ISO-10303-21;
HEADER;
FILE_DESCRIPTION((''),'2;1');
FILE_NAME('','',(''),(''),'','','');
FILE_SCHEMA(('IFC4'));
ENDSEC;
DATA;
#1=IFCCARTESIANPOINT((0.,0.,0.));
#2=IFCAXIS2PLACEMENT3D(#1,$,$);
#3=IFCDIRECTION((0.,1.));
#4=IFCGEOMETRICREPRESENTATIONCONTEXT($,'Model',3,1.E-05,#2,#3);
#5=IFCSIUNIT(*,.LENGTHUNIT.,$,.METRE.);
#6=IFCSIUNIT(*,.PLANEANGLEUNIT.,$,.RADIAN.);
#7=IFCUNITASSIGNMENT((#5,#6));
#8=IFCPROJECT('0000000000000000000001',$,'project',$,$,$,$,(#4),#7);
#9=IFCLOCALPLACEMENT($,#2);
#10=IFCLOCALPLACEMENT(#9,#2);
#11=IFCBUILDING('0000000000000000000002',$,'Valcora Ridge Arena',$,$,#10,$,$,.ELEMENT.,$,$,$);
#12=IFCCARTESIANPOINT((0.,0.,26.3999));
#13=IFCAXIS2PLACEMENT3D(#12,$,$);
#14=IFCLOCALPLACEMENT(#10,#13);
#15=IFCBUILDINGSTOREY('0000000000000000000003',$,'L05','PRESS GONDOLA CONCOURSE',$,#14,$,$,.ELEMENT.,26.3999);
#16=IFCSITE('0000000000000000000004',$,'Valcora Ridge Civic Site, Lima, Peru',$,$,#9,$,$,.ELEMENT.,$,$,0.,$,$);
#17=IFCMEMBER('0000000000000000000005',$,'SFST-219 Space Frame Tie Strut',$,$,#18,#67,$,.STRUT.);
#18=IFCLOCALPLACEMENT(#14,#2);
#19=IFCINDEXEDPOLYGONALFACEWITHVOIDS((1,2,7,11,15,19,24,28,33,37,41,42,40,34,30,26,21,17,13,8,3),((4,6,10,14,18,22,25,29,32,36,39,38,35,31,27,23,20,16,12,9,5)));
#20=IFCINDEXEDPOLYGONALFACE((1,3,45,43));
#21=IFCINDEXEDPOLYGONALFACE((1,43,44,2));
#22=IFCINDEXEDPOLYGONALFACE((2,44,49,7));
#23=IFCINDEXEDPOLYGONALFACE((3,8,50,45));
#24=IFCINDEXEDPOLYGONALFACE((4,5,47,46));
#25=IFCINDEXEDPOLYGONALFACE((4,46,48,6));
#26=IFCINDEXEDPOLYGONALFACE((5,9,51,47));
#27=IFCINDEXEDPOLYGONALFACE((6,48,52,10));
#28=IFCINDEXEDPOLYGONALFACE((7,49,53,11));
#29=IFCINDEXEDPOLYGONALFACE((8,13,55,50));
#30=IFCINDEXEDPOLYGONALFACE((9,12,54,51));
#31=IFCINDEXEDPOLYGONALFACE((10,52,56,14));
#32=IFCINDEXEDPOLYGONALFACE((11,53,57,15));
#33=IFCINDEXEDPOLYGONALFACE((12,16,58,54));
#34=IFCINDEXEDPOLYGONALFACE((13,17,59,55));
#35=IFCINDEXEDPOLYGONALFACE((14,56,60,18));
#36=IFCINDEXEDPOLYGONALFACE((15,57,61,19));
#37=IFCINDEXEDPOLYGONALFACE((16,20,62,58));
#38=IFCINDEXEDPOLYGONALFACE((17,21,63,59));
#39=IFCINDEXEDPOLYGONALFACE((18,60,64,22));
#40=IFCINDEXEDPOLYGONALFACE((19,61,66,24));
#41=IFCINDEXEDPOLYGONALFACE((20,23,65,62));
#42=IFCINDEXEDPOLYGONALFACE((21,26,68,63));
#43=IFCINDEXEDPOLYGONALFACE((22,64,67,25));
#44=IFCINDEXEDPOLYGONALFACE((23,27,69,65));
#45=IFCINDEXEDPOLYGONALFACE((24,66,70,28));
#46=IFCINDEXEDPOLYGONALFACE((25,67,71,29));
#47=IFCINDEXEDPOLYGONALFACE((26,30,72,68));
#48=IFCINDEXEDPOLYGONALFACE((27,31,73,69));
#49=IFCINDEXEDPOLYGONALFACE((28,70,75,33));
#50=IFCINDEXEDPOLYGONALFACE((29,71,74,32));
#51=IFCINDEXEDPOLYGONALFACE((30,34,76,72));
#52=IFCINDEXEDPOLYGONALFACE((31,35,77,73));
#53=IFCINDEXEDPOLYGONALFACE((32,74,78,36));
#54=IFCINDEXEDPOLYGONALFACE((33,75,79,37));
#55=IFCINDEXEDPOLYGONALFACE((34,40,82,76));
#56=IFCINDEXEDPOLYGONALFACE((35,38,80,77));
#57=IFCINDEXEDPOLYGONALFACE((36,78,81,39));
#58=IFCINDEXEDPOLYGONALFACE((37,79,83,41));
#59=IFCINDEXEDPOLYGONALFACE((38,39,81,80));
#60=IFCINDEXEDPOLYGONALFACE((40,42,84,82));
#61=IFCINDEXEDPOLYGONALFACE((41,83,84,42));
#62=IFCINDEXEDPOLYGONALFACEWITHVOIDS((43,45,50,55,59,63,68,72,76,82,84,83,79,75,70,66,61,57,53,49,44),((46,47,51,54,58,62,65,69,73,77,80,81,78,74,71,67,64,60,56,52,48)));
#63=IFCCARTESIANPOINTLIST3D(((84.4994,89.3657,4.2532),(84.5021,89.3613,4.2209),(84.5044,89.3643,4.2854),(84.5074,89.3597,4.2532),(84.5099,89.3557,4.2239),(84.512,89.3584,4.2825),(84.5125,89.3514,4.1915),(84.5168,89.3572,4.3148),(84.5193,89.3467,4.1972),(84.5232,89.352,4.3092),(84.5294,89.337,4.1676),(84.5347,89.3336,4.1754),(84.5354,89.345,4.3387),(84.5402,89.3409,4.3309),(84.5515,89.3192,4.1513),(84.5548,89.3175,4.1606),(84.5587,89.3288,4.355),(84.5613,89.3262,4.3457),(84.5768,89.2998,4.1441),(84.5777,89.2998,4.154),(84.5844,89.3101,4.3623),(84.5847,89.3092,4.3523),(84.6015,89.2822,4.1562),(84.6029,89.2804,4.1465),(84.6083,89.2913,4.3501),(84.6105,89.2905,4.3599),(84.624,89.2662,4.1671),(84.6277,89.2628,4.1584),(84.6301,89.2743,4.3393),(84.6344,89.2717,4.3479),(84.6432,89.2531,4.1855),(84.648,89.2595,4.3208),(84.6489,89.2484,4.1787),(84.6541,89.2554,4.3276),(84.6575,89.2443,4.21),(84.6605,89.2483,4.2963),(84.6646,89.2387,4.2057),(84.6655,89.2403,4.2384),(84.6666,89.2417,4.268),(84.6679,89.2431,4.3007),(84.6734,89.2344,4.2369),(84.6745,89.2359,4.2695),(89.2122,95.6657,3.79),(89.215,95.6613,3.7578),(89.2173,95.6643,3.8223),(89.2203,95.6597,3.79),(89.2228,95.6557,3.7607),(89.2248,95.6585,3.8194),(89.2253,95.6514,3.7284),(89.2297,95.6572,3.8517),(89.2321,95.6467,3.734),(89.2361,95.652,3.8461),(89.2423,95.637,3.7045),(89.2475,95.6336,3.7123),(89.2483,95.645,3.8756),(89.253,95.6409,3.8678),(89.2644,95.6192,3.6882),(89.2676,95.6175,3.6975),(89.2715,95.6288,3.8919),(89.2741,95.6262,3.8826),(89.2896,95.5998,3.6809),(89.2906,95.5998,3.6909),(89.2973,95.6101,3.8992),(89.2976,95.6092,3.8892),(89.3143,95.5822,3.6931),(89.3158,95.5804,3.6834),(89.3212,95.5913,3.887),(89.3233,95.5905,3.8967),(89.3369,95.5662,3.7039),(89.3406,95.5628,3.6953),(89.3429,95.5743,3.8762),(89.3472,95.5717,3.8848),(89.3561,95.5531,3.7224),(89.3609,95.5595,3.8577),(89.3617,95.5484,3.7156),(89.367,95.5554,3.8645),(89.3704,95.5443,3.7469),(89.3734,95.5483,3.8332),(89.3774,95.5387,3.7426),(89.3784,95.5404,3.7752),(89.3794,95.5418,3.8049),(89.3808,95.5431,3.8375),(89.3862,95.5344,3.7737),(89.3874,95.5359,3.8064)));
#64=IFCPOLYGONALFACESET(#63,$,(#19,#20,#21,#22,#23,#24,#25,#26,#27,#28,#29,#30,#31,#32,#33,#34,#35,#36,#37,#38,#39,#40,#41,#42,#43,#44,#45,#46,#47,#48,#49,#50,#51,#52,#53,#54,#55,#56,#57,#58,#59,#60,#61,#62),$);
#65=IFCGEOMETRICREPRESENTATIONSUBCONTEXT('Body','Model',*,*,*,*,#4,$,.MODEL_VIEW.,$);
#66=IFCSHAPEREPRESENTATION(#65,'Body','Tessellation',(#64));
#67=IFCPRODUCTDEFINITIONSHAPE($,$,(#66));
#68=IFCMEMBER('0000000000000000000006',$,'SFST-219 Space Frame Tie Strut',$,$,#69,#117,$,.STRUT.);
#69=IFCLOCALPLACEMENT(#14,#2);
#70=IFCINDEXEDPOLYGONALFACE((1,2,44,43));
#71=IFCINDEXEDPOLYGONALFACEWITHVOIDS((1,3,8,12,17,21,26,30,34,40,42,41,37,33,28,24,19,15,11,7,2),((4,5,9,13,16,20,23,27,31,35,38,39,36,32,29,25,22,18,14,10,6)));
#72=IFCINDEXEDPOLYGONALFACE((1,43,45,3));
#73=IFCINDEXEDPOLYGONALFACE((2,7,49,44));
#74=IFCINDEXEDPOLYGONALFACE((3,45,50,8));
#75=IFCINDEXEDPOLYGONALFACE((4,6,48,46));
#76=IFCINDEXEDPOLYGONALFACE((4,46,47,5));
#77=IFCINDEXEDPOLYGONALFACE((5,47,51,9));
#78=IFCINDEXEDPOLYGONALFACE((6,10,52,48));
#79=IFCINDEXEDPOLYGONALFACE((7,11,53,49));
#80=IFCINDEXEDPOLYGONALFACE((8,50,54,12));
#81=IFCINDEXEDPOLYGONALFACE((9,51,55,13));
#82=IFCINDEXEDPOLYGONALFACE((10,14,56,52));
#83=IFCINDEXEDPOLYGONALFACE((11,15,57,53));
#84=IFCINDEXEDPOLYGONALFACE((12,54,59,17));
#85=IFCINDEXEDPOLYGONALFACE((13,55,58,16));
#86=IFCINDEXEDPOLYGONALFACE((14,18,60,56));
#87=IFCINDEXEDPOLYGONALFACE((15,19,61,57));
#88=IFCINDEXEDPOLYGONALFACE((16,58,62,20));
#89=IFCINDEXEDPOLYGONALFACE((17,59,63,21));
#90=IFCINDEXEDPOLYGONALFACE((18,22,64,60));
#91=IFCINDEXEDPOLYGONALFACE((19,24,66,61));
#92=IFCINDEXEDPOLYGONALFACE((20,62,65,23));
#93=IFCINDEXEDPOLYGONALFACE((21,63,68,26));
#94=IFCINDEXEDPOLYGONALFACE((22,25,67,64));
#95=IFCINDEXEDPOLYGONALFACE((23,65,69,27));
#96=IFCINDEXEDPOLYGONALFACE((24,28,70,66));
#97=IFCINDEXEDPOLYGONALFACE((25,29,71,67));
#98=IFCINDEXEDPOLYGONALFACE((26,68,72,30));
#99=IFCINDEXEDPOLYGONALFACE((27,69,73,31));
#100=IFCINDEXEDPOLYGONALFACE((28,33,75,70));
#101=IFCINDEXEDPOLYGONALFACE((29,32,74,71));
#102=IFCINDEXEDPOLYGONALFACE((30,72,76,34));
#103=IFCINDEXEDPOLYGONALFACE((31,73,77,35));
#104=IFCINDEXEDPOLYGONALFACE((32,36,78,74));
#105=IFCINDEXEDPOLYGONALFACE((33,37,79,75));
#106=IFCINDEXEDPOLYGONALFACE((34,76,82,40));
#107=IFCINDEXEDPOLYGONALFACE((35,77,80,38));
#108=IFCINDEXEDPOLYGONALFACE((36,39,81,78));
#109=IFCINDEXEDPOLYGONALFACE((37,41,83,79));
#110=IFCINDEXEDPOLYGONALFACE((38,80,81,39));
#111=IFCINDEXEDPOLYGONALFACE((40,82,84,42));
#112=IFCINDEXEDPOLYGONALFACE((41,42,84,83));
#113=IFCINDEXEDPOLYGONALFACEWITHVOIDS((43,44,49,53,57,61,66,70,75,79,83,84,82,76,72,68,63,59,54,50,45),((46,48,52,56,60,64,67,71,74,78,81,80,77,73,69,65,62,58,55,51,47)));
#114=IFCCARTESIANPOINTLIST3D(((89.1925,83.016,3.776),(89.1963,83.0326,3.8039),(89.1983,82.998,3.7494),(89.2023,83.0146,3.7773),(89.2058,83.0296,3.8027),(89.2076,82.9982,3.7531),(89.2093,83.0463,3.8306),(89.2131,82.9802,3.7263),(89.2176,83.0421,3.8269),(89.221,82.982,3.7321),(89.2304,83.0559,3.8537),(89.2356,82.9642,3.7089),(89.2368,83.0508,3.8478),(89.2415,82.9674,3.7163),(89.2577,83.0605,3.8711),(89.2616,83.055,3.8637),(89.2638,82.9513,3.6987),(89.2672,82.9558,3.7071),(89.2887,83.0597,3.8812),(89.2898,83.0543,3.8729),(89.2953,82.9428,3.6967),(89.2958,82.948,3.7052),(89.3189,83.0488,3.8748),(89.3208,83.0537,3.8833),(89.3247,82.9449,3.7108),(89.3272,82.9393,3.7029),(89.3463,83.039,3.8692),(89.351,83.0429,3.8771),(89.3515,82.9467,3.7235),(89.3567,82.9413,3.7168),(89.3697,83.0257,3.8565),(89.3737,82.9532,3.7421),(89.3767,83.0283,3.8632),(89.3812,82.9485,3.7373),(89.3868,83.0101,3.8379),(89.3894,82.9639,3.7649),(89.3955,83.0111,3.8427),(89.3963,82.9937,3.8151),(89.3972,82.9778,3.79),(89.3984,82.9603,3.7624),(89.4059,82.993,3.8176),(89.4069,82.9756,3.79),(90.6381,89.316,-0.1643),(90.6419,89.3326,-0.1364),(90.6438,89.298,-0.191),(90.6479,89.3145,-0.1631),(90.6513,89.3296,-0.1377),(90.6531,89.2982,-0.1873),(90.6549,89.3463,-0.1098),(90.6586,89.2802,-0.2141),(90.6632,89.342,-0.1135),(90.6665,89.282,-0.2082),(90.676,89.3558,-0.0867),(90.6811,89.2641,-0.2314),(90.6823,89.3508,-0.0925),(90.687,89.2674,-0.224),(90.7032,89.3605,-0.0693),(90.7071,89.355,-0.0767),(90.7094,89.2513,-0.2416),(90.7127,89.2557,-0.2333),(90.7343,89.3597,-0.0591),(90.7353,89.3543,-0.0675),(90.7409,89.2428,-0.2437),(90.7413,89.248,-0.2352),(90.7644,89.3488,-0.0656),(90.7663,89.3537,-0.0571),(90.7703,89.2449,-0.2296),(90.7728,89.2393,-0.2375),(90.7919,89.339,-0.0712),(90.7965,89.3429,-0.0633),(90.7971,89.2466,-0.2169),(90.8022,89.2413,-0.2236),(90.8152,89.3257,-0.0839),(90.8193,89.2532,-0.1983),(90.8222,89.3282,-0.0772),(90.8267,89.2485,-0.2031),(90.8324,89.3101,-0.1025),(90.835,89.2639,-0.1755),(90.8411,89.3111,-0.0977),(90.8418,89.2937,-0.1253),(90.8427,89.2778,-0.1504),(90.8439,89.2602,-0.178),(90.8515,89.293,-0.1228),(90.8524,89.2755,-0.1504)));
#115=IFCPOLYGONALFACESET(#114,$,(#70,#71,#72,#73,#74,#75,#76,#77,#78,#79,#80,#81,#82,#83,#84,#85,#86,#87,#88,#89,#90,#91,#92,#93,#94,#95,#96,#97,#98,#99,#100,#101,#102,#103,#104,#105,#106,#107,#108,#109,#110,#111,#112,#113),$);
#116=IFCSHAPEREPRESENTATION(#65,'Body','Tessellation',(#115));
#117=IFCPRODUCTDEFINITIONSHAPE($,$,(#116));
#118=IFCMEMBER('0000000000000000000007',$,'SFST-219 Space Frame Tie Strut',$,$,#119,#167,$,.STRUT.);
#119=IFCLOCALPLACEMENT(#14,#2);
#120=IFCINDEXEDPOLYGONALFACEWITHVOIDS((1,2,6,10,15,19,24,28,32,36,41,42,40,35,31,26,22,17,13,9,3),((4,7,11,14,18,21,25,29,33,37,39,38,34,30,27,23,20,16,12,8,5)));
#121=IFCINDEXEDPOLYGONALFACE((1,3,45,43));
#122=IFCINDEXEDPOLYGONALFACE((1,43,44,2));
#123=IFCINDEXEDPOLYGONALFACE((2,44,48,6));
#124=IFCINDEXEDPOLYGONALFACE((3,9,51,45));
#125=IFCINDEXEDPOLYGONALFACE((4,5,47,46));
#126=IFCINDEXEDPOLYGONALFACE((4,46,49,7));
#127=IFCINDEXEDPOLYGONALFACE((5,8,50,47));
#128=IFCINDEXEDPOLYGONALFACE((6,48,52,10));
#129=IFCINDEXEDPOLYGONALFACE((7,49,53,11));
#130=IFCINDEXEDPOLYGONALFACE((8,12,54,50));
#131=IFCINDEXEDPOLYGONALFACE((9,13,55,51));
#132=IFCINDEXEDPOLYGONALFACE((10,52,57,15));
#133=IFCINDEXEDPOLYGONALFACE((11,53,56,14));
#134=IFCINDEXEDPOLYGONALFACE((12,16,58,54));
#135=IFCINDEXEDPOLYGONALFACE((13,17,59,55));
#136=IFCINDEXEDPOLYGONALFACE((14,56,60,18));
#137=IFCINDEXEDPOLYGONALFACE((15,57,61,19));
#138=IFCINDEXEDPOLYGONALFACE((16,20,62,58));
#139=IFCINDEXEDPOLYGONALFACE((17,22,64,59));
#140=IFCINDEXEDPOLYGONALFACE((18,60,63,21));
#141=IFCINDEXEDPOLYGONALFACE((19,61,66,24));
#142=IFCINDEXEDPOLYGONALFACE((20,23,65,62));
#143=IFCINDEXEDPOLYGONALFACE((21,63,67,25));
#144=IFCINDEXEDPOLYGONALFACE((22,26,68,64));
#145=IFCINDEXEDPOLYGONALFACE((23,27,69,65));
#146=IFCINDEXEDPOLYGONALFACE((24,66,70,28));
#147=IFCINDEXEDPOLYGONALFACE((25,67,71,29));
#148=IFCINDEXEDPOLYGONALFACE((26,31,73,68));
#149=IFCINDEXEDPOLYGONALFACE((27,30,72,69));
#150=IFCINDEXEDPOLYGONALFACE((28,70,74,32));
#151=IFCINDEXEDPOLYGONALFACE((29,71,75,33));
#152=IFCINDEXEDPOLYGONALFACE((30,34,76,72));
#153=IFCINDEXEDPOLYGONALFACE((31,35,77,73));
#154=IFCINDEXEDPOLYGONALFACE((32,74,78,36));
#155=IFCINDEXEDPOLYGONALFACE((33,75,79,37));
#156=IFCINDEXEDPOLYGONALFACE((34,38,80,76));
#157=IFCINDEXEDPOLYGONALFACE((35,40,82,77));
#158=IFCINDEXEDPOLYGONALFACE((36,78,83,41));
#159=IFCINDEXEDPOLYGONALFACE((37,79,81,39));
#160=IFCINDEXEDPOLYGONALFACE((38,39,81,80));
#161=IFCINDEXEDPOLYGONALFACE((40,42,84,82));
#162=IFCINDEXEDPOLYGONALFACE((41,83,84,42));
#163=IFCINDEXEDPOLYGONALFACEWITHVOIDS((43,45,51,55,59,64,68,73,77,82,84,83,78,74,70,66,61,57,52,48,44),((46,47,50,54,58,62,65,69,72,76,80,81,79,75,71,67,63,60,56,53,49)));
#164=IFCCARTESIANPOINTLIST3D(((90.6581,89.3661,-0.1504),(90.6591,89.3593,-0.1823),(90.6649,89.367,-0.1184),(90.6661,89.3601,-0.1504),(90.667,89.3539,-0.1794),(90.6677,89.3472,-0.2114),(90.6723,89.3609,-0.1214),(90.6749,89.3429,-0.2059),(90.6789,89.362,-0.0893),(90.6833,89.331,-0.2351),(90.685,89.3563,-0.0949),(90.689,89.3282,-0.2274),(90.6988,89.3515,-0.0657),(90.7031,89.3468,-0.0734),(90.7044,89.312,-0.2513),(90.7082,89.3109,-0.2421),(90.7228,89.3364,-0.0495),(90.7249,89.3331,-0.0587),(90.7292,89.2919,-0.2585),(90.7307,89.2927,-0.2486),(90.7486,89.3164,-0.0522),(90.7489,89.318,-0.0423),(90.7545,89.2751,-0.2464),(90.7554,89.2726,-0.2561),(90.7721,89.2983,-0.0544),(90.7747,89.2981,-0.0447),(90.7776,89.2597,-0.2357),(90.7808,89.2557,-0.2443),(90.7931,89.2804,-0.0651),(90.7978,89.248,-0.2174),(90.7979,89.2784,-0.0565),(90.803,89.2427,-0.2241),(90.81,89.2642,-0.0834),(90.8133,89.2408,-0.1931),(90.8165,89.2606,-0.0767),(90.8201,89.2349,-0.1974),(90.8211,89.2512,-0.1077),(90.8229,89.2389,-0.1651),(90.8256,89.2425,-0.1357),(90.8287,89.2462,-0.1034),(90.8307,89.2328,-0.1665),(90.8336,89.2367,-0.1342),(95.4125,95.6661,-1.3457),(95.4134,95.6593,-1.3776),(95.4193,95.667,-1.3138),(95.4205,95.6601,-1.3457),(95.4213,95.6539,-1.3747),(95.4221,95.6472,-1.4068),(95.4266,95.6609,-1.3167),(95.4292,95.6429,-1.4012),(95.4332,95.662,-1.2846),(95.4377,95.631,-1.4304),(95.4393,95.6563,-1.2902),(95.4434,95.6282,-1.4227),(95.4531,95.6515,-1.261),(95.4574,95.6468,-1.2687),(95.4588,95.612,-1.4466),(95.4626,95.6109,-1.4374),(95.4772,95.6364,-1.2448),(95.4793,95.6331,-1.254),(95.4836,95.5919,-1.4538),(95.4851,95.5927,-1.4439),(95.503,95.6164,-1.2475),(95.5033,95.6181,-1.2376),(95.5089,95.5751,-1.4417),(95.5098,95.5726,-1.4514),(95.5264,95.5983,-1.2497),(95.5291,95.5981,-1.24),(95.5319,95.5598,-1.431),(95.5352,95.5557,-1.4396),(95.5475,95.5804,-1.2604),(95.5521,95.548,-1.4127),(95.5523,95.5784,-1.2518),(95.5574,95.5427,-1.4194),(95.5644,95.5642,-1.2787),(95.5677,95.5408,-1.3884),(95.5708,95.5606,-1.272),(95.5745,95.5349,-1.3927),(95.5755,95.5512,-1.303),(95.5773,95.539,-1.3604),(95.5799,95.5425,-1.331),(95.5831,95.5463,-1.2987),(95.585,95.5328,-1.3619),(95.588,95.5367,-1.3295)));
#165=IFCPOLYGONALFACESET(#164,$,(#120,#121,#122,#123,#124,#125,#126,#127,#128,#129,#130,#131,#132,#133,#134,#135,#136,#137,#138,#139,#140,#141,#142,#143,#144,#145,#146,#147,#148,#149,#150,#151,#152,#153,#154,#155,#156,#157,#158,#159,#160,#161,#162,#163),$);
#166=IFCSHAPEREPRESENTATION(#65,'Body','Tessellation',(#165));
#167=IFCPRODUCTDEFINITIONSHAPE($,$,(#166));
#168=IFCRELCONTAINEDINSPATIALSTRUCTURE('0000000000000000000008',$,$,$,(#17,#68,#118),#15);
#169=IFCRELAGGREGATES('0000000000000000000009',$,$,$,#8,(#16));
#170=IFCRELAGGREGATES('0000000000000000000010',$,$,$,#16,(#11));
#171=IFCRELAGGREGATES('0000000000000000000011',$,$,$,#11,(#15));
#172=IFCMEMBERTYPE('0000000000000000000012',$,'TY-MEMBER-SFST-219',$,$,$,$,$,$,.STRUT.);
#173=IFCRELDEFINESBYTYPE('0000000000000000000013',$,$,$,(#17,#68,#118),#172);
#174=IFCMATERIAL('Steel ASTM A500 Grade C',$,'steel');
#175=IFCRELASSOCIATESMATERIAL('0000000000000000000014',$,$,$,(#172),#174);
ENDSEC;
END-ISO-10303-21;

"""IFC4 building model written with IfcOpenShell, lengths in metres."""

from ifc_helpers import new_model, si_unit, direction, frame, origin, origin_2d, place, context, subcontext, project, spatial, hollow_circle, extrude, material, material_profile, profile_set, type_object, element, save


model = new_model("IFC4")

# Units and contexts
model_context = context("Model", 3, precision=1e-05, world=origin(), true_north=direction((0.0, 1.0)))
body_context = subcontext(model_context, "Body", "Model", "MODEL_VIEW")
ifc_project = project(units=[si_unit("LENGTHUNIT", "METRE"), si_unit("PLANEANGLEUNIT", "RADIAN")], contexts=[model_context])

# Site, building, storey
site_placement = place(None, origin())
site = spatial("IfcSite", under=ifc_project, at=site_placement, Name="Valcora Ridge Civic Site, Lima, Peru", CompositionType="ELEMENT", RefElevation=0.0)
building_placement = place(site_placement, origin())
building = spatial("IfcBuilding", under=site, at=building_placement, Name="Valcora Ridge Arena", CompositionType="ELEMENT")
storey_placement = place(building_placement, frame((0.0, 0.0, 26.3999)))
storey = spatial("IfcBuildingStorey", under=building, at=storey_placement, Name="L05", Description="PRESS GONDOLA CONCOURSE", CompositionType="ELEMENT", Elevation=26.3999)

# Members
ifc_material_1 = material(Name="Steel ASTM A500 Grade C", Category="steel")
ifc_material_profile_1 = material_profile(ifc_material_1, hollow_circle(Radius=0.1096, WallThickness=0.01, at=origin_2d()), Name="CHS219X10")
ifc_profile_set_1 = profile_set([ifc_material_profile_1], Name="Steel ASTM A500 Grade C")
member_type_1 = type_object("IfcMemberType", Name="TY-MEMBER-SFST-219", PredefinedType="STRUT", material=ifc_profile_set_1)
member_1_placement = place(storey_placement, frame((84.5872, 89.3, 4.2532), z_axis=(0.597976, 0.799357, -0.058763), x_axis=(-0.80074, 0.599012, 0.0)))
element("IfcMember", 1, at=member_1_placement, inside=storey, type_object=member_type_1, Name="SFST-219 Space Frame Tie Strut", PredefinedType="STRUT", context=body_context, shape_type="SweptSolid", body=[
    extrude(hollow_circle(Radius=0.1096, WallThickness=0.01, at=origin_2d()), origin(), (0.0, 0.0, 1.0), 7.8813),
])
member_2_placement = place(storey_placement, frame((90.7456, 89.3, -0.1504), z_axis=(-0.190955, -0.832222, 0.520522), x_axis=(0.974672, -0.22364, 0.0)))
element("IfcMember", 2, at=member_2_placement, inside=storey, type_object=member_type_1, Name="SFST-219 Space Frame Tie Strut", PredefinedType="STRUT", context=body_context, shape_type="SweptSolid", body=[
    extrude(hollow_circle(Radius=0.1096, WallThickness=0.01, at=origin_2d()), origin(), (0.0, 0.0, 1.0), 7.5701),
])
member_3_placement = place(storey_placement, frame((90.7456, 89.3, -0.1504), z_axis=(0.595587, 0.789212, -0.149738), x_axis=(-0.798211, 0.602378, 0.0)))
element("IfcMember", 3, at=member_3_placement, inside=storey, type_object=member_type_1, Name="SFST-219 Space Frame Tie Strut", PredefinedType="STRUT", context=body_context, shape_type="SweptSolid", body=[
    extrude(hollow_circle(Radius=0.1096, WallThickness=0.01, at=origin_2d()), origin(), (0.0, 0.0, 1.0), 7.9827),
])

save(model, "model.ifc")
